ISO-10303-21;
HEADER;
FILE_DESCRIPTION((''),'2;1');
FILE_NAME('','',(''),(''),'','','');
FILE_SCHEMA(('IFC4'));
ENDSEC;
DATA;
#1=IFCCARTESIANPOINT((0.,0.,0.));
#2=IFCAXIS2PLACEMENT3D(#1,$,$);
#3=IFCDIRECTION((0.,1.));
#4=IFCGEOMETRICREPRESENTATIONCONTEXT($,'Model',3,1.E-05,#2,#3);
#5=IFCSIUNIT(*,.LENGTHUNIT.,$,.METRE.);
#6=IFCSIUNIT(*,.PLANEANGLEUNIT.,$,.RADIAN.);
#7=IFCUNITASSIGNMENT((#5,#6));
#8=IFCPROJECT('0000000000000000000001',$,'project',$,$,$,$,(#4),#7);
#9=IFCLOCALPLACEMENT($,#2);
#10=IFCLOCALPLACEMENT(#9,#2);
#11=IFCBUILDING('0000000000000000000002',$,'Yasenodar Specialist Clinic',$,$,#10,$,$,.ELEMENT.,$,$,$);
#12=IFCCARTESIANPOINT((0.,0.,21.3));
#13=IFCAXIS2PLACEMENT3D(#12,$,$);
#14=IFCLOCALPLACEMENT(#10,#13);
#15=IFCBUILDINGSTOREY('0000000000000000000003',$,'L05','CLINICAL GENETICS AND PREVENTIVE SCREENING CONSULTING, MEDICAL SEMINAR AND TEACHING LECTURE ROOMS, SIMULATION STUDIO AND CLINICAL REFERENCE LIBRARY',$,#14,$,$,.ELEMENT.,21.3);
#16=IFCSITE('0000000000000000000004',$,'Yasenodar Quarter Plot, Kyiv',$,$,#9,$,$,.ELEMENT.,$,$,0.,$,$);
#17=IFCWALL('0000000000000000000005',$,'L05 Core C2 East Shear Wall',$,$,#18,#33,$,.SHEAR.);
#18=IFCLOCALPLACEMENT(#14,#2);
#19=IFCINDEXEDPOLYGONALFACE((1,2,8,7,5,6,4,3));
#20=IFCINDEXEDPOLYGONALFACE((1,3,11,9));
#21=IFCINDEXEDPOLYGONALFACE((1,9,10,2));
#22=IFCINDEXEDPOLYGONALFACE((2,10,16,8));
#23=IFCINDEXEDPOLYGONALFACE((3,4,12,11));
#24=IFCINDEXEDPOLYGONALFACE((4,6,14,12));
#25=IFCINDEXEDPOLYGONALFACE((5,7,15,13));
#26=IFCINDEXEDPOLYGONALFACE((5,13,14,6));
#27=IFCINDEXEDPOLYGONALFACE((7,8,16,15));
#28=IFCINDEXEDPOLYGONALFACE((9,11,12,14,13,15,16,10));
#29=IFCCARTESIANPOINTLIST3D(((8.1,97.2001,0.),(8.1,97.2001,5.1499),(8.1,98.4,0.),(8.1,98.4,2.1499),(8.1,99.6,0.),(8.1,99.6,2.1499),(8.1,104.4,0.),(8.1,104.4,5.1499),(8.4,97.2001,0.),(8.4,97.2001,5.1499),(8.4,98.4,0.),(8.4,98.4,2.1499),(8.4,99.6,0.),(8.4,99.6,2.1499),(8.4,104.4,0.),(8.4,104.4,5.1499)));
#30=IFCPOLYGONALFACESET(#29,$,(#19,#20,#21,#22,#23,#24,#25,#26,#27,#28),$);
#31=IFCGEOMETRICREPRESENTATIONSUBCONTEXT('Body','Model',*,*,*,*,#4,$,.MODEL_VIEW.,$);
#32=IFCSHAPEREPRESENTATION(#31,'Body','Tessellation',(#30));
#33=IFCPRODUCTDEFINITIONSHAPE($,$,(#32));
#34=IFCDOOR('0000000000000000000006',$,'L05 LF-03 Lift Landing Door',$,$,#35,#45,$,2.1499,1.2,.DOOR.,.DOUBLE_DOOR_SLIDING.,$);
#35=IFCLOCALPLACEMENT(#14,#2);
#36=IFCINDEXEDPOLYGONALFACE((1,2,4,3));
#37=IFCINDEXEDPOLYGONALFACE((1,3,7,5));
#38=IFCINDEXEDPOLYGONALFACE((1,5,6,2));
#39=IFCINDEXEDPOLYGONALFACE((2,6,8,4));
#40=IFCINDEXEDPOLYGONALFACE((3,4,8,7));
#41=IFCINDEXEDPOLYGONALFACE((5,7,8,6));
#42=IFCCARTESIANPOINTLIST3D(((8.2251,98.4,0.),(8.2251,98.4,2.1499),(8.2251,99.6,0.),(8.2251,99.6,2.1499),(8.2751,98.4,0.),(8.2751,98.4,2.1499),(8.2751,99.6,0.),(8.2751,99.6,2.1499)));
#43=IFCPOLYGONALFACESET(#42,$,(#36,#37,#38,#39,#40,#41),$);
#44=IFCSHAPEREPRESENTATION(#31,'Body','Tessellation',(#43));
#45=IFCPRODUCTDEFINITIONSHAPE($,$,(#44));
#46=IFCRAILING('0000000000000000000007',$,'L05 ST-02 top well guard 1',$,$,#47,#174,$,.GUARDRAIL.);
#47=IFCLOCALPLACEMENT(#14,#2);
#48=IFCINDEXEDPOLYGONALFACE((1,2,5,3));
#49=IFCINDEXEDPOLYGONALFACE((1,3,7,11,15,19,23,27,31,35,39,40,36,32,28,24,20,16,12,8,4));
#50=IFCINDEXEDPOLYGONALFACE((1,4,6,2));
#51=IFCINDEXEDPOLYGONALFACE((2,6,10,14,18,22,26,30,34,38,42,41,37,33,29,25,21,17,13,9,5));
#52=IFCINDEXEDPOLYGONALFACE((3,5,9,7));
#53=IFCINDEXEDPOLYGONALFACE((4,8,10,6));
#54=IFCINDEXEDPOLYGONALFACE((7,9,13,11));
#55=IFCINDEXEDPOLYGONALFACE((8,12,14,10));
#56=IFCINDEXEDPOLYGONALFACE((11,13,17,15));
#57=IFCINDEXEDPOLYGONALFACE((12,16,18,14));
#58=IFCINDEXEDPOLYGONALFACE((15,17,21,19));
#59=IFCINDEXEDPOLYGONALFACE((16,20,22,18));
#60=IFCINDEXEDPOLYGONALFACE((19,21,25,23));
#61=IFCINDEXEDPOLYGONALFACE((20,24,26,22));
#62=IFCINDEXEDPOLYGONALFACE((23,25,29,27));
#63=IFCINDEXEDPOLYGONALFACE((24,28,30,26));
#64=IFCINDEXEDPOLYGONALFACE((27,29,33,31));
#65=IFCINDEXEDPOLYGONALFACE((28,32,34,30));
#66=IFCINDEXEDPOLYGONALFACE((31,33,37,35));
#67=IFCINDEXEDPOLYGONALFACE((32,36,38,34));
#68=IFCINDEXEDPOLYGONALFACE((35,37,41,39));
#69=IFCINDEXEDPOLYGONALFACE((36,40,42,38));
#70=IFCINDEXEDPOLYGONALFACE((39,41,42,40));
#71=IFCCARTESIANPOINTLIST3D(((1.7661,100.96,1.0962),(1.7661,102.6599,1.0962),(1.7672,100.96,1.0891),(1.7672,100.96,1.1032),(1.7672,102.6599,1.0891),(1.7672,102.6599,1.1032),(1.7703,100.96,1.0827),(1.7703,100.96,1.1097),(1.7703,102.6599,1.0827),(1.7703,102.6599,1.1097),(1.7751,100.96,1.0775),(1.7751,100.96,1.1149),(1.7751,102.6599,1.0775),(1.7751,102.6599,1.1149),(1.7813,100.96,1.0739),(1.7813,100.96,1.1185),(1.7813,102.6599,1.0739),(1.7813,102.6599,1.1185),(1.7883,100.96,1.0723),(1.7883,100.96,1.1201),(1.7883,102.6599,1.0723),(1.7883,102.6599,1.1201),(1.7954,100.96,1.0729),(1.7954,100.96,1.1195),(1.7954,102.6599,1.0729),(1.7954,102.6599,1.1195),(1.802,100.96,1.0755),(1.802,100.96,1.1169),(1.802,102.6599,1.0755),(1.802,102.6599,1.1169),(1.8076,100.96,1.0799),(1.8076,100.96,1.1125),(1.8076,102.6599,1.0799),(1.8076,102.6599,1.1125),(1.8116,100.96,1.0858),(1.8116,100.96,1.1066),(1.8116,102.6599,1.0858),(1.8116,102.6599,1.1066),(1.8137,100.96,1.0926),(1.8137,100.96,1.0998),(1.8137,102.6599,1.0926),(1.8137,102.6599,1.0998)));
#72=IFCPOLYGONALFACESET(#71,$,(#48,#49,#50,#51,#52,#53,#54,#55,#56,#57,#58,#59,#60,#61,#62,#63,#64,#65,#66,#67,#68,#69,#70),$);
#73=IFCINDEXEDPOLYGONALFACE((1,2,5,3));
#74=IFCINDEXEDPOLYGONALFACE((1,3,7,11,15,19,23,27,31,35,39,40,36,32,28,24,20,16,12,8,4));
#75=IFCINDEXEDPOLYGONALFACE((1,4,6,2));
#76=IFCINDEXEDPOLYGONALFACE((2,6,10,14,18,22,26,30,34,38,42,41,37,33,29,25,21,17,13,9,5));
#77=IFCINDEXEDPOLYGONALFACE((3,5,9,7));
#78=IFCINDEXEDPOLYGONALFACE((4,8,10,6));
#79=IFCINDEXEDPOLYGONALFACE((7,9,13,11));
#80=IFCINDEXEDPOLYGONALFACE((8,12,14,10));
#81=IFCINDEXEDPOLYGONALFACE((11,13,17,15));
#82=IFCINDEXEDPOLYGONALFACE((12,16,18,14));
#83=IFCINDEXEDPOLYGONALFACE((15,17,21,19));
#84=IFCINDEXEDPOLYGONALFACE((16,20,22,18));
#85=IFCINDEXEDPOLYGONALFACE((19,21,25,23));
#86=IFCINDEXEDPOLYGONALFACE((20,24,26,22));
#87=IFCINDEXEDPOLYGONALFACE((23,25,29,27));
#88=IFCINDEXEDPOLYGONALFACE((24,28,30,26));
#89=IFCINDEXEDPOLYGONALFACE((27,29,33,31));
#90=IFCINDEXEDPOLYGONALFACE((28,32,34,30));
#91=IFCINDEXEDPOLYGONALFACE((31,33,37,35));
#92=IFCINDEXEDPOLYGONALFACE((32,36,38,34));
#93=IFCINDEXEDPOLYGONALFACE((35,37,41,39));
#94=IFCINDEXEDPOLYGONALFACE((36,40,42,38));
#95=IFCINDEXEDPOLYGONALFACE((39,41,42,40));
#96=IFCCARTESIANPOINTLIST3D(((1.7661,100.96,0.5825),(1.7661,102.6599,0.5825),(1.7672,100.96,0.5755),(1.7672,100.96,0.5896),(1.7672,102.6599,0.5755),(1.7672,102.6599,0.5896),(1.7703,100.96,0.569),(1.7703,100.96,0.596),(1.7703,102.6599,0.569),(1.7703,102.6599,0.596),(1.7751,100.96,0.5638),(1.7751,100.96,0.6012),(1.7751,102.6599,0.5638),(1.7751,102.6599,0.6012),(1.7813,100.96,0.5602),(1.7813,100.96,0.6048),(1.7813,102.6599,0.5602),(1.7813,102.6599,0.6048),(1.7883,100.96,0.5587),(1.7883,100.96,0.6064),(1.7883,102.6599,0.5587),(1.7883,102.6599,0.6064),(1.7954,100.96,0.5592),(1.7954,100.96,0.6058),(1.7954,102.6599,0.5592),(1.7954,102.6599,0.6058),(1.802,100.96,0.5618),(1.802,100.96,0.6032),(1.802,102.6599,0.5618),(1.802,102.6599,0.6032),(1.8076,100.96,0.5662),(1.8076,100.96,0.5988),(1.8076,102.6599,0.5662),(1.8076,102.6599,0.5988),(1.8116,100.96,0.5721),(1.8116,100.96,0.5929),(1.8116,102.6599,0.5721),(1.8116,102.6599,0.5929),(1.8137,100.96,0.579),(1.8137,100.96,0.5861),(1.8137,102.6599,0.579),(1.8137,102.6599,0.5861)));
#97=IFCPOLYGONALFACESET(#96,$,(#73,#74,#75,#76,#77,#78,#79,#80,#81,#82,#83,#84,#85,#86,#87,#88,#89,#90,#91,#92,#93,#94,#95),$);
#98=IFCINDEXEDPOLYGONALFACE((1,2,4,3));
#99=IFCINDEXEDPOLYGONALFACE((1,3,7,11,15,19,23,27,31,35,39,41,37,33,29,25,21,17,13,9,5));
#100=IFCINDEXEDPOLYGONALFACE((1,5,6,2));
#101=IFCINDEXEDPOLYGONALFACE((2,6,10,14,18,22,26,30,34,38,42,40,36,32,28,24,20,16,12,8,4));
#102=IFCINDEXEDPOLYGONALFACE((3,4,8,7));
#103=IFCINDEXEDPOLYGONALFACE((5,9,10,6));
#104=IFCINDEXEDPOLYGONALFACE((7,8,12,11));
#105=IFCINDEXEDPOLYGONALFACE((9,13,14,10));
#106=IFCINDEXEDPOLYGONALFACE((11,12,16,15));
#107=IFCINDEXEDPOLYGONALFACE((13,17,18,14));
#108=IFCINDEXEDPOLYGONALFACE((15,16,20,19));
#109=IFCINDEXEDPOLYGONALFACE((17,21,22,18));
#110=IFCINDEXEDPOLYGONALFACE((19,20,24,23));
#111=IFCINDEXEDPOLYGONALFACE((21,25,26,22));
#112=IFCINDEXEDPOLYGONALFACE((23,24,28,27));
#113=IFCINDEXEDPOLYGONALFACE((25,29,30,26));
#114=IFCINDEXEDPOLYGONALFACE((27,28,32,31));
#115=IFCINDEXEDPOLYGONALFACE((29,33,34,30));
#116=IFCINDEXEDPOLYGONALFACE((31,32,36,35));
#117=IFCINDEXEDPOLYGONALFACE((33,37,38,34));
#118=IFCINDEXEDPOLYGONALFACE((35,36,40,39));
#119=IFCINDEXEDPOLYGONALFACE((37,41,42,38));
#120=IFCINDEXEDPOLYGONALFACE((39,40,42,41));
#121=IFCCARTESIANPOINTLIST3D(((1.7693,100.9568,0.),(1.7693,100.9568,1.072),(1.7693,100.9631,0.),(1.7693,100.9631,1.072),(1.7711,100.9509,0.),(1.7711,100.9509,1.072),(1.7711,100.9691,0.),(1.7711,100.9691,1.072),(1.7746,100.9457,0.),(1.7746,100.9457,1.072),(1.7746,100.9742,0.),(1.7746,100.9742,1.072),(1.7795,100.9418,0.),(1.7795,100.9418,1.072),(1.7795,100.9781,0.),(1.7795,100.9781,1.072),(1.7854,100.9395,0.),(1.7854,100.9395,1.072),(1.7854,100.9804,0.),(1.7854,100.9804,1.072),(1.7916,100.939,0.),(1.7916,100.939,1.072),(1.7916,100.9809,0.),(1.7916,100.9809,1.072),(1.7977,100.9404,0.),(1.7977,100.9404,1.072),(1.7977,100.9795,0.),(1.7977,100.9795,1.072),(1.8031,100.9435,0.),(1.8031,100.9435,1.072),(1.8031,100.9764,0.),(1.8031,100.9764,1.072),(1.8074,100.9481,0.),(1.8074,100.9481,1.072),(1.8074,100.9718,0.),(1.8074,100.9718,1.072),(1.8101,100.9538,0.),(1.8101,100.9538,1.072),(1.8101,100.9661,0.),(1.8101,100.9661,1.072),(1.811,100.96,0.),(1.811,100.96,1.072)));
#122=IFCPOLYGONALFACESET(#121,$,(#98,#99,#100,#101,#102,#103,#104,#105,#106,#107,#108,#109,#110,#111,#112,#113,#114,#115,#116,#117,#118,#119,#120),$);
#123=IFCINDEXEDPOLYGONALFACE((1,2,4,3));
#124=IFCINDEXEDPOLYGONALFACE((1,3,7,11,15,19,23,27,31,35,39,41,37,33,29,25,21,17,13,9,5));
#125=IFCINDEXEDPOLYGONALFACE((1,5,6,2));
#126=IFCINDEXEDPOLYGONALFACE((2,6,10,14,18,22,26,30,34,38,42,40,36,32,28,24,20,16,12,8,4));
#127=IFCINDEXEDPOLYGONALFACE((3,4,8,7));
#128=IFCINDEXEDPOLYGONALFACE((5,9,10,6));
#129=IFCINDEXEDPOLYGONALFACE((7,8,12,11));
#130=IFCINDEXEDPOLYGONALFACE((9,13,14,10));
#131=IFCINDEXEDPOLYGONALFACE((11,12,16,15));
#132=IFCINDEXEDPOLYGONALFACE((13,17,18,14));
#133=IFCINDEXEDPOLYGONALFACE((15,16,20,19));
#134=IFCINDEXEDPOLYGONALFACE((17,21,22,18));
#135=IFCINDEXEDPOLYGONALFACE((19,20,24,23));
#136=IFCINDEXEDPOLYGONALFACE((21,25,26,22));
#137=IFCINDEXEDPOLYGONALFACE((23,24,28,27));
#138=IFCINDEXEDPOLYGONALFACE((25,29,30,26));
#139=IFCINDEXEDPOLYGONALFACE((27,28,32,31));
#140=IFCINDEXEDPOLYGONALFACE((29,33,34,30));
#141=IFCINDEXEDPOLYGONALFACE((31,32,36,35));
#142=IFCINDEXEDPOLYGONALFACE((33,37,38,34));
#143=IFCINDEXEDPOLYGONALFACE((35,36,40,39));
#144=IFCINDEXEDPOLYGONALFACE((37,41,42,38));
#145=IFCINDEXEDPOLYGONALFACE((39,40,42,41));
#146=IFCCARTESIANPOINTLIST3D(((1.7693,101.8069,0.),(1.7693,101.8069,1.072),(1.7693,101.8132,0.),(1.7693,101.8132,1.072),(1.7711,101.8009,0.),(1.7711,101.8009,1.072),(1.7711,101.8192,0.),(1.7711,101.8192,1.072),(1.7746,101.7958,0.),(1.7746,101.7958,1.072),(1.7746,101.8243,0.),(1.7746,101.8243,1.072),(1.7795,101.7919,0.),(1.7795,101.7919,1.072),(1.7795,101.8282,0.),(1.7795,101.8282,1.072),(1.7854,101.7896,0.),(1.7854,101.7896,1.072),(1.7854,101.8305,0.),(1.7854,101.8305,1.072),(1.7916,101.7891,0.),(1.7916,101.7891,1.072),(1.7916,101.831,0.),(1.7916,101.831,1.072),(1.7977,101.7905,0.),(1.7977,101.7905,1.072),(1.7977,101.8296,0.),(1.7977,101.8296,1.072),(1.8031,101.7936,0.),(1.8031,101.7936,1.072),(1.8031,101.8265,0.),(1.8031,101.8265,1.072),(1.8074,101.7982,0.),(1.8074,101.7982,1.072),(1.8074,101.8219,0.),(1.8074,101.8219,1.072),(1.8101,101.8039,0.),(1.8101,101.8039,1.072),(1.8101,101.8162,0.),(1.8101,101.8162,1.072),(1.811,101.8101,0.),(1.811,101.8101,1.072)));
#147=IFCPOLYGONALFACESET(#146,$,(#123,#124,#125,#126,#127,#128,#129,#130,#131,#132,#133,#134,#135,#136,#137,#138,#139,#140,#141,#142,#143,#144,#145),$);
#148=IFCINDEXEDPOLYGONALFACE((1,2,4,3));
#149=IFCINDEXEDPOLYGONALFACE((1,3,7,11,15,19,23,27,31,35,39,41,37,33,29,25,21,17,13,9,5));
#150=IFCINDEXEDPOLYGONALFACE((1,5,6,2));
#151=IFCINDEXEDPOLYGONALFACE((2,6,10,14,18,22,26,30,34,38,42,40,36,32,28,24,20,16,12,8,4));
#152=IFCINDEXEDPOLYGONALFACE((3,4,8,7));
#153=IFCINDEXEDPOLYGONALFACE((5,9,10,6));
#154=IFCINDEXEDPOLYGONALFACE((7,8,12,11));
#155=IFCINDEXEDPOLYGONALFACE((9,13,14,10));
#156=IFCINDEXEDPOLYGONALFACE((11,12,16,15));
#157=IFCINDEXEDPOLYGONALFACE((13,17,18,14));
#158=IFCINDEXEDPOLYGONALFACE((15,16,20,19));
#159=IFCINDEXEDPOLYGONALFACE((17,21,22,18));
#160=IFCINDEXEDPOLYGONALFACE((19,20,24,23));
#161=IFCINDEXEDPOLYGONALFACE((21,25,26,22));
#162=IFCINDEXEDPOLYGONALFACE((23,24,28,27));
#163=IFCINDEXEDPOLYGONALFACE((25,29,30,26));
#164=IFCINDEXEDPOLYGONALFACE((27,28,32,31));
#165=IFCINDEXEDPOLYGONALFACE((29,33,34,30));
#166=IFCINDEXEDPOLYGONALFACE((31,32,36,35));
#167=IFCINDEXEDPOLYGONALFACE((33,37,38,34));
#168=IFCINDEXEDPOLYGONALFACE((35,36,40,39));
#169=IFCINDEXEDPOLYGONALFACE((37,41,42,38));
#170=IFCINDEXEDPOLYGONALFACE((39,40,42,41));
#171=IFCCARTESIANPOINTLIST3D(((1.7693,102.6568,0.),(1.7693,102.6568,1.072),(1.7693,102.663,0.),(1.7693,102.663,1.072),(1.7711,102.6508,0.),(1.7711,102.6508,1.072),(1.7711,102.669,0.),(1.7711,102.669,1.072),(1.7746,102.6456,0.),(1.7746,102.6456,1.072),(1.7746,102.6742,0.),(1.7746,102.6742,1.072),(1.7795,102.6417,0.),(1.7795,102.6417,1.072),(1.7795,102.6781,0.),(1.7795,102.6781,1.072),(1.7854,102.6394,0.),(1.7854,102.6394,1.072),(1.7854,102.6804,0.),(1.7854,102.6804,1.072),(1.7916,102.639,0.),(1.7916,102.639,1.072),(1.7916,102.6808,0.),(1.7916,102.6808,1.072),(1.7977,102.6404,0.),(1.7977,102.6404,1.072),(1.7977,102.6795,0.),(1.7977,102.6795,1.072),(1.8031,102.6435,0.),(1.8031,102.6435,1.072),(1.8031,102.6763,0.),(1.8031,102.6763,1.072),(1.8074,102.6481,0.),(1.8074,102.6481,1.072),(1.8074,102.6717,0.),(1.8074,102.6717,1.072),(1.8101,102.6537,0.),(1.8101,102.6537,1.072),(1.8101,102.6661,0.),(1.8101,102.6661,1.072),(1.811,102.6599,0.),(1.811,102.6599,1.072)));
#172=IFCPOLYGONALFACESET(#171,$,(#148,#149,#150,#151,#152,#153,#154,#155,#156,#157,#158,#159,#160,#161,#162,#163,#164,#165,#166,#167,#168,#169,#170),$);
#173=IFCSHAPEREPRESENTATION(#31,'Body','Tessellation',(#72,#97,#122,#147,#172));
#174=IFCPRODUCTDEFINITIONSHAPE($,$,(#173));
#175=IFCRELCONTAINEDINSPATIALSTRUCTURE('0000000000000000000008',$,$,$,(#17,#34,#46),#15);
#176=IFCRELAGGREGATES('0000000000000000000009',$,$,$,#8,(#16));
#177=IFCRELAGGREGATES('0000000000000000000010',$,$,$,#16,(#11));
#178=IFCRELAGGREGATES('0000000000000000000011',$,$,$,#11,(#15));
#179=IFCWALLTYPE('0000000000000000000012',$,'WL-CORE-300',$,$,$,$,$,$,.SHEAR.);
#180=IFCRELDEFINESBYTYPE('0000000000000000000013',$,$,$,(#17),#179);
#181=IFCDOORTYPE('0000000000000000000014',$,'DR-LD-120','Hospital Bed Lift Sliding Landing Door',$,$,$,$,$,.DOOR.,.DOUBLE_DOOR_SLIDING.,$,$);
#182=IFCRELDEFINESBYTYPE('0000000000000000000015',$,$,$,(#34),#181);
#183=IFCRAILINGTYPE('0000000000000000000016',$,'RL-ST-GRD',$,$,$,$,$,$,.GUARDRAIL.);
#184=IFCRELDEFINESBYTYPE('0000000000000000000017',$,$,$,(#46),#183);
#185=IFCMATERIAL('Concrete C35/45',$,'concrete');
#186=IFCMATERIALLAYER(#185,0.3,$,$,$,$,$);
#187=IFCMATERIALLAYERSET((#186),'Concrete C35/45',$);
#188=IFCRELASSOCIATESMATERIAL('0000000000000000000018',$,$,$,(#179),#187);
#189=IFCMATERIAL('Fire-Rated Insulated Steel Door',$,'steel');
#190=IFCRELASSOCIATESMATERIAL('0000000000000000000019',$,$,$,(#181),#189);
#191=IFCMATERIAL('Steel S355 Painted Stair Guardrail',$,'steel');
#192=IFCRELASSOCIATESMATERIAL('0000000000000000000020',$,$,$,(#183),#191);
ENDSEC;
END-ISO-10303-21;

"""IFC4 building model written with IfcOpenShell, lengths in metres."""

from ifc_helpers import new_model, si_unit, direction, frame, frame_2d, origin, origin_2d, place, context, subcontext, project, spatial, rectangle, circle, extrude, material, layer, layer_set, type_object, element, fill, save


model = new_model("IFC4")

# Units and contexts
model_context = context("Model", 3, precision=1e-05, world=origin(), true_north=direction((0.0, 1.0)))
body_context = subcontext(model_context, "Body", "Model", "MODEL_VIEW")
ifc_project = project(units=[si_unit("LENGTHUNIT", "METRE"), si_unit("PLANEANGLEUNIT", "RADIAN")], contexts=[model_context])

# Site, building, storey
site_placement = place(None, origin())
site = spatial("IfcSite", under=ifc_project, at=site_placement, Name="Yasenodar Quarter Plot, Kyiv", CompositionType="ELEMENT", RefElevation=0.0)
building_placement = place(site_placement, origin())
building = spatial("IfcBuilding", under=site, at=building_placement, Name="Yasenodar Specialist Clinic", CompositionType="ELEMENT")
storey_placement = place(building_placement, frame((0.0, 0.0, 21.3)))
storey = spatial("IfcBuildingStorey", under=building, at=storey_placement, Name="L05", Description="CLINICAL GENETICS AND PREVENTIVE SCREENING CONSULTING, MEDICAL SEMINAR AND TEACHING LECTURE ROOMS, SIMULATION STUDIO AND CLINICAL REFERENCE LIBRARY", CompositionType="ELEMENT", Elevation=21.3)

# Shared definitions
ifc_material_1 = material(Name="Concrete C35/45", Category="concrete")
ifc_material_2 = material(Name="Fire-Rated Insulated Steel Door", Category="steel")

# Shared definitions
ifc_layer_1 = layer(ifc_material_1, 0.3)
ifc_layer_set_1 = layer_set([ifc_layer_1], Name="Concrete C35/45")
wall_type_1 = type_object("IfcWallType", Name="WL-CORE-300", PredefinedType="SHEAR", material=ifc_layer_set_1)

# Wall, opening, door
wall_1_placement = place(storey_placement, frame((8.25, 97.2, 0.0), z_axis=(0.0, 0.0, 1.0), x_axis=(0.0, 1.0, 0.0)))
wall_1 = element("IfcWall", 1, at=wall_1_placement, inside=storey, type_object=wall_type_1, Name="L05 Core C2 East Shear Wall", PredefinedType="SHEAR", context=body_context, shape_type="SweptSolid", body=[
    extrude(rectangle(XDim=7.2, YDim=0.3, at=frame_2d((3.6001, 0.0))), origin(), (0.0, 0.0, 1.0), 5.1499),
])
opening_1_placement = place(wall_1_placement, frame((1.2, 0.0, 0.0)))
opening_1 = element("IfcOpeningElement", 2, at=opening_1_placement, cuts=wall_1, PredefinedType="OPENING", context=body_context, shape_type="SweptSolid", body=[
    extrude(rectangle(XDim=1.2, YDim=2.1499, at=frame_2d((0.6001, 1.075))), frame((0.0, 0.1602, 0.0), z_axis=(0.0, -1.0, 0.0), x_axis=(1.0, 0.0, 0.0)), (0.0, 0.0, 1.0), 0.3201),
])
door_type_1 = type_object("IfcDoorType", Name="DR-LD-120", Description="Hospital Bed Lift Sliding Landing Door", OperationType="DOUBLE_DOOR_SLIDING", PredefinedType="DOOR", material=ifc_material_2)
door_1_placement = place(opening_1_placement, origin())
door_1 = element("IfcDoor", 3, at=door_1_placement, inside=storey, type_object=door_type_1, Name="L05 LF-03 Lift Landing Door", OperationType="DOUBLE_DOOR_SLIDING", OverallHeight=2.1499, OverallWidth=1.2, PredefinedType="DOOR", context=body_context, shape_type="SweptSolid", body=[
    extrude(rectangle(XDim=1.2, YDim=2.1499, at=frame_2d((0.6001, 1.075))), frame((0.0, 0.0249, 0.0), z_axis=(0.0, -1.0, 0.0), x_axis=(1.0, 0.0, 0.0)), (0.0, 0.0, 1.0), 0.05),
])
fill(opening_1, door_1)

# Railing
ifc_material_3 = material(Name="Steel S355 Painted Stair Guardrail", Category="steel")
railing_type_1 = type_object("IfcRailingType", Name="RL-ST-GRD", PredefinedType="GUARDRAIL", material=ifc_material_3)
railing_1_placement = place(storey_placement, frame((1.79, 100.96, 0.0)))
element("IfcRailing", 4, at=railing_1_placement, inside=storey, type_object=railing_type_1, Name="L05 ST-02 top well guard 1", PredefinedType="GUARDRAIL", context=body_context, shape_type="SweptSolid", body=[
    extrude(circle(Radius=0.0239, at=origin_2d()), frame((0.0, 0.0, 1.0962), z_axis=(0.0, 1.0, 0.0), x_axis=(-1.0, 0.0, 0.0)), (0.0, 0.0, 1.0), 1.7),
    extrude(circle(Radius=0.0239, at=origin_2d()), frame((0.0, 0.0, 0.5825), z_axis=(0.0, 1.0, 0.0), x_axis=(-1.0, 0.0, 0.0)), (0.0, 0.0, 1.0), 1.7),
    extrude(circle(Radius=0.021, at=origin_2d()), origin(), (0.0, 0.0, 1.0), 1.072),
    extrude(circle(Radius=0.021, at=origin_2d()), frame((0.0, 0.8501, 0.0)), (0.0, 0.0, 1.0), 1.072),
    extrude(circle(Radius=0.021, at=origin_2d()), frame((0.0, 1.7, 0.0)), (0.0, 0.0, 1.0), 1.072),
])

save(model, "model.ifc")
